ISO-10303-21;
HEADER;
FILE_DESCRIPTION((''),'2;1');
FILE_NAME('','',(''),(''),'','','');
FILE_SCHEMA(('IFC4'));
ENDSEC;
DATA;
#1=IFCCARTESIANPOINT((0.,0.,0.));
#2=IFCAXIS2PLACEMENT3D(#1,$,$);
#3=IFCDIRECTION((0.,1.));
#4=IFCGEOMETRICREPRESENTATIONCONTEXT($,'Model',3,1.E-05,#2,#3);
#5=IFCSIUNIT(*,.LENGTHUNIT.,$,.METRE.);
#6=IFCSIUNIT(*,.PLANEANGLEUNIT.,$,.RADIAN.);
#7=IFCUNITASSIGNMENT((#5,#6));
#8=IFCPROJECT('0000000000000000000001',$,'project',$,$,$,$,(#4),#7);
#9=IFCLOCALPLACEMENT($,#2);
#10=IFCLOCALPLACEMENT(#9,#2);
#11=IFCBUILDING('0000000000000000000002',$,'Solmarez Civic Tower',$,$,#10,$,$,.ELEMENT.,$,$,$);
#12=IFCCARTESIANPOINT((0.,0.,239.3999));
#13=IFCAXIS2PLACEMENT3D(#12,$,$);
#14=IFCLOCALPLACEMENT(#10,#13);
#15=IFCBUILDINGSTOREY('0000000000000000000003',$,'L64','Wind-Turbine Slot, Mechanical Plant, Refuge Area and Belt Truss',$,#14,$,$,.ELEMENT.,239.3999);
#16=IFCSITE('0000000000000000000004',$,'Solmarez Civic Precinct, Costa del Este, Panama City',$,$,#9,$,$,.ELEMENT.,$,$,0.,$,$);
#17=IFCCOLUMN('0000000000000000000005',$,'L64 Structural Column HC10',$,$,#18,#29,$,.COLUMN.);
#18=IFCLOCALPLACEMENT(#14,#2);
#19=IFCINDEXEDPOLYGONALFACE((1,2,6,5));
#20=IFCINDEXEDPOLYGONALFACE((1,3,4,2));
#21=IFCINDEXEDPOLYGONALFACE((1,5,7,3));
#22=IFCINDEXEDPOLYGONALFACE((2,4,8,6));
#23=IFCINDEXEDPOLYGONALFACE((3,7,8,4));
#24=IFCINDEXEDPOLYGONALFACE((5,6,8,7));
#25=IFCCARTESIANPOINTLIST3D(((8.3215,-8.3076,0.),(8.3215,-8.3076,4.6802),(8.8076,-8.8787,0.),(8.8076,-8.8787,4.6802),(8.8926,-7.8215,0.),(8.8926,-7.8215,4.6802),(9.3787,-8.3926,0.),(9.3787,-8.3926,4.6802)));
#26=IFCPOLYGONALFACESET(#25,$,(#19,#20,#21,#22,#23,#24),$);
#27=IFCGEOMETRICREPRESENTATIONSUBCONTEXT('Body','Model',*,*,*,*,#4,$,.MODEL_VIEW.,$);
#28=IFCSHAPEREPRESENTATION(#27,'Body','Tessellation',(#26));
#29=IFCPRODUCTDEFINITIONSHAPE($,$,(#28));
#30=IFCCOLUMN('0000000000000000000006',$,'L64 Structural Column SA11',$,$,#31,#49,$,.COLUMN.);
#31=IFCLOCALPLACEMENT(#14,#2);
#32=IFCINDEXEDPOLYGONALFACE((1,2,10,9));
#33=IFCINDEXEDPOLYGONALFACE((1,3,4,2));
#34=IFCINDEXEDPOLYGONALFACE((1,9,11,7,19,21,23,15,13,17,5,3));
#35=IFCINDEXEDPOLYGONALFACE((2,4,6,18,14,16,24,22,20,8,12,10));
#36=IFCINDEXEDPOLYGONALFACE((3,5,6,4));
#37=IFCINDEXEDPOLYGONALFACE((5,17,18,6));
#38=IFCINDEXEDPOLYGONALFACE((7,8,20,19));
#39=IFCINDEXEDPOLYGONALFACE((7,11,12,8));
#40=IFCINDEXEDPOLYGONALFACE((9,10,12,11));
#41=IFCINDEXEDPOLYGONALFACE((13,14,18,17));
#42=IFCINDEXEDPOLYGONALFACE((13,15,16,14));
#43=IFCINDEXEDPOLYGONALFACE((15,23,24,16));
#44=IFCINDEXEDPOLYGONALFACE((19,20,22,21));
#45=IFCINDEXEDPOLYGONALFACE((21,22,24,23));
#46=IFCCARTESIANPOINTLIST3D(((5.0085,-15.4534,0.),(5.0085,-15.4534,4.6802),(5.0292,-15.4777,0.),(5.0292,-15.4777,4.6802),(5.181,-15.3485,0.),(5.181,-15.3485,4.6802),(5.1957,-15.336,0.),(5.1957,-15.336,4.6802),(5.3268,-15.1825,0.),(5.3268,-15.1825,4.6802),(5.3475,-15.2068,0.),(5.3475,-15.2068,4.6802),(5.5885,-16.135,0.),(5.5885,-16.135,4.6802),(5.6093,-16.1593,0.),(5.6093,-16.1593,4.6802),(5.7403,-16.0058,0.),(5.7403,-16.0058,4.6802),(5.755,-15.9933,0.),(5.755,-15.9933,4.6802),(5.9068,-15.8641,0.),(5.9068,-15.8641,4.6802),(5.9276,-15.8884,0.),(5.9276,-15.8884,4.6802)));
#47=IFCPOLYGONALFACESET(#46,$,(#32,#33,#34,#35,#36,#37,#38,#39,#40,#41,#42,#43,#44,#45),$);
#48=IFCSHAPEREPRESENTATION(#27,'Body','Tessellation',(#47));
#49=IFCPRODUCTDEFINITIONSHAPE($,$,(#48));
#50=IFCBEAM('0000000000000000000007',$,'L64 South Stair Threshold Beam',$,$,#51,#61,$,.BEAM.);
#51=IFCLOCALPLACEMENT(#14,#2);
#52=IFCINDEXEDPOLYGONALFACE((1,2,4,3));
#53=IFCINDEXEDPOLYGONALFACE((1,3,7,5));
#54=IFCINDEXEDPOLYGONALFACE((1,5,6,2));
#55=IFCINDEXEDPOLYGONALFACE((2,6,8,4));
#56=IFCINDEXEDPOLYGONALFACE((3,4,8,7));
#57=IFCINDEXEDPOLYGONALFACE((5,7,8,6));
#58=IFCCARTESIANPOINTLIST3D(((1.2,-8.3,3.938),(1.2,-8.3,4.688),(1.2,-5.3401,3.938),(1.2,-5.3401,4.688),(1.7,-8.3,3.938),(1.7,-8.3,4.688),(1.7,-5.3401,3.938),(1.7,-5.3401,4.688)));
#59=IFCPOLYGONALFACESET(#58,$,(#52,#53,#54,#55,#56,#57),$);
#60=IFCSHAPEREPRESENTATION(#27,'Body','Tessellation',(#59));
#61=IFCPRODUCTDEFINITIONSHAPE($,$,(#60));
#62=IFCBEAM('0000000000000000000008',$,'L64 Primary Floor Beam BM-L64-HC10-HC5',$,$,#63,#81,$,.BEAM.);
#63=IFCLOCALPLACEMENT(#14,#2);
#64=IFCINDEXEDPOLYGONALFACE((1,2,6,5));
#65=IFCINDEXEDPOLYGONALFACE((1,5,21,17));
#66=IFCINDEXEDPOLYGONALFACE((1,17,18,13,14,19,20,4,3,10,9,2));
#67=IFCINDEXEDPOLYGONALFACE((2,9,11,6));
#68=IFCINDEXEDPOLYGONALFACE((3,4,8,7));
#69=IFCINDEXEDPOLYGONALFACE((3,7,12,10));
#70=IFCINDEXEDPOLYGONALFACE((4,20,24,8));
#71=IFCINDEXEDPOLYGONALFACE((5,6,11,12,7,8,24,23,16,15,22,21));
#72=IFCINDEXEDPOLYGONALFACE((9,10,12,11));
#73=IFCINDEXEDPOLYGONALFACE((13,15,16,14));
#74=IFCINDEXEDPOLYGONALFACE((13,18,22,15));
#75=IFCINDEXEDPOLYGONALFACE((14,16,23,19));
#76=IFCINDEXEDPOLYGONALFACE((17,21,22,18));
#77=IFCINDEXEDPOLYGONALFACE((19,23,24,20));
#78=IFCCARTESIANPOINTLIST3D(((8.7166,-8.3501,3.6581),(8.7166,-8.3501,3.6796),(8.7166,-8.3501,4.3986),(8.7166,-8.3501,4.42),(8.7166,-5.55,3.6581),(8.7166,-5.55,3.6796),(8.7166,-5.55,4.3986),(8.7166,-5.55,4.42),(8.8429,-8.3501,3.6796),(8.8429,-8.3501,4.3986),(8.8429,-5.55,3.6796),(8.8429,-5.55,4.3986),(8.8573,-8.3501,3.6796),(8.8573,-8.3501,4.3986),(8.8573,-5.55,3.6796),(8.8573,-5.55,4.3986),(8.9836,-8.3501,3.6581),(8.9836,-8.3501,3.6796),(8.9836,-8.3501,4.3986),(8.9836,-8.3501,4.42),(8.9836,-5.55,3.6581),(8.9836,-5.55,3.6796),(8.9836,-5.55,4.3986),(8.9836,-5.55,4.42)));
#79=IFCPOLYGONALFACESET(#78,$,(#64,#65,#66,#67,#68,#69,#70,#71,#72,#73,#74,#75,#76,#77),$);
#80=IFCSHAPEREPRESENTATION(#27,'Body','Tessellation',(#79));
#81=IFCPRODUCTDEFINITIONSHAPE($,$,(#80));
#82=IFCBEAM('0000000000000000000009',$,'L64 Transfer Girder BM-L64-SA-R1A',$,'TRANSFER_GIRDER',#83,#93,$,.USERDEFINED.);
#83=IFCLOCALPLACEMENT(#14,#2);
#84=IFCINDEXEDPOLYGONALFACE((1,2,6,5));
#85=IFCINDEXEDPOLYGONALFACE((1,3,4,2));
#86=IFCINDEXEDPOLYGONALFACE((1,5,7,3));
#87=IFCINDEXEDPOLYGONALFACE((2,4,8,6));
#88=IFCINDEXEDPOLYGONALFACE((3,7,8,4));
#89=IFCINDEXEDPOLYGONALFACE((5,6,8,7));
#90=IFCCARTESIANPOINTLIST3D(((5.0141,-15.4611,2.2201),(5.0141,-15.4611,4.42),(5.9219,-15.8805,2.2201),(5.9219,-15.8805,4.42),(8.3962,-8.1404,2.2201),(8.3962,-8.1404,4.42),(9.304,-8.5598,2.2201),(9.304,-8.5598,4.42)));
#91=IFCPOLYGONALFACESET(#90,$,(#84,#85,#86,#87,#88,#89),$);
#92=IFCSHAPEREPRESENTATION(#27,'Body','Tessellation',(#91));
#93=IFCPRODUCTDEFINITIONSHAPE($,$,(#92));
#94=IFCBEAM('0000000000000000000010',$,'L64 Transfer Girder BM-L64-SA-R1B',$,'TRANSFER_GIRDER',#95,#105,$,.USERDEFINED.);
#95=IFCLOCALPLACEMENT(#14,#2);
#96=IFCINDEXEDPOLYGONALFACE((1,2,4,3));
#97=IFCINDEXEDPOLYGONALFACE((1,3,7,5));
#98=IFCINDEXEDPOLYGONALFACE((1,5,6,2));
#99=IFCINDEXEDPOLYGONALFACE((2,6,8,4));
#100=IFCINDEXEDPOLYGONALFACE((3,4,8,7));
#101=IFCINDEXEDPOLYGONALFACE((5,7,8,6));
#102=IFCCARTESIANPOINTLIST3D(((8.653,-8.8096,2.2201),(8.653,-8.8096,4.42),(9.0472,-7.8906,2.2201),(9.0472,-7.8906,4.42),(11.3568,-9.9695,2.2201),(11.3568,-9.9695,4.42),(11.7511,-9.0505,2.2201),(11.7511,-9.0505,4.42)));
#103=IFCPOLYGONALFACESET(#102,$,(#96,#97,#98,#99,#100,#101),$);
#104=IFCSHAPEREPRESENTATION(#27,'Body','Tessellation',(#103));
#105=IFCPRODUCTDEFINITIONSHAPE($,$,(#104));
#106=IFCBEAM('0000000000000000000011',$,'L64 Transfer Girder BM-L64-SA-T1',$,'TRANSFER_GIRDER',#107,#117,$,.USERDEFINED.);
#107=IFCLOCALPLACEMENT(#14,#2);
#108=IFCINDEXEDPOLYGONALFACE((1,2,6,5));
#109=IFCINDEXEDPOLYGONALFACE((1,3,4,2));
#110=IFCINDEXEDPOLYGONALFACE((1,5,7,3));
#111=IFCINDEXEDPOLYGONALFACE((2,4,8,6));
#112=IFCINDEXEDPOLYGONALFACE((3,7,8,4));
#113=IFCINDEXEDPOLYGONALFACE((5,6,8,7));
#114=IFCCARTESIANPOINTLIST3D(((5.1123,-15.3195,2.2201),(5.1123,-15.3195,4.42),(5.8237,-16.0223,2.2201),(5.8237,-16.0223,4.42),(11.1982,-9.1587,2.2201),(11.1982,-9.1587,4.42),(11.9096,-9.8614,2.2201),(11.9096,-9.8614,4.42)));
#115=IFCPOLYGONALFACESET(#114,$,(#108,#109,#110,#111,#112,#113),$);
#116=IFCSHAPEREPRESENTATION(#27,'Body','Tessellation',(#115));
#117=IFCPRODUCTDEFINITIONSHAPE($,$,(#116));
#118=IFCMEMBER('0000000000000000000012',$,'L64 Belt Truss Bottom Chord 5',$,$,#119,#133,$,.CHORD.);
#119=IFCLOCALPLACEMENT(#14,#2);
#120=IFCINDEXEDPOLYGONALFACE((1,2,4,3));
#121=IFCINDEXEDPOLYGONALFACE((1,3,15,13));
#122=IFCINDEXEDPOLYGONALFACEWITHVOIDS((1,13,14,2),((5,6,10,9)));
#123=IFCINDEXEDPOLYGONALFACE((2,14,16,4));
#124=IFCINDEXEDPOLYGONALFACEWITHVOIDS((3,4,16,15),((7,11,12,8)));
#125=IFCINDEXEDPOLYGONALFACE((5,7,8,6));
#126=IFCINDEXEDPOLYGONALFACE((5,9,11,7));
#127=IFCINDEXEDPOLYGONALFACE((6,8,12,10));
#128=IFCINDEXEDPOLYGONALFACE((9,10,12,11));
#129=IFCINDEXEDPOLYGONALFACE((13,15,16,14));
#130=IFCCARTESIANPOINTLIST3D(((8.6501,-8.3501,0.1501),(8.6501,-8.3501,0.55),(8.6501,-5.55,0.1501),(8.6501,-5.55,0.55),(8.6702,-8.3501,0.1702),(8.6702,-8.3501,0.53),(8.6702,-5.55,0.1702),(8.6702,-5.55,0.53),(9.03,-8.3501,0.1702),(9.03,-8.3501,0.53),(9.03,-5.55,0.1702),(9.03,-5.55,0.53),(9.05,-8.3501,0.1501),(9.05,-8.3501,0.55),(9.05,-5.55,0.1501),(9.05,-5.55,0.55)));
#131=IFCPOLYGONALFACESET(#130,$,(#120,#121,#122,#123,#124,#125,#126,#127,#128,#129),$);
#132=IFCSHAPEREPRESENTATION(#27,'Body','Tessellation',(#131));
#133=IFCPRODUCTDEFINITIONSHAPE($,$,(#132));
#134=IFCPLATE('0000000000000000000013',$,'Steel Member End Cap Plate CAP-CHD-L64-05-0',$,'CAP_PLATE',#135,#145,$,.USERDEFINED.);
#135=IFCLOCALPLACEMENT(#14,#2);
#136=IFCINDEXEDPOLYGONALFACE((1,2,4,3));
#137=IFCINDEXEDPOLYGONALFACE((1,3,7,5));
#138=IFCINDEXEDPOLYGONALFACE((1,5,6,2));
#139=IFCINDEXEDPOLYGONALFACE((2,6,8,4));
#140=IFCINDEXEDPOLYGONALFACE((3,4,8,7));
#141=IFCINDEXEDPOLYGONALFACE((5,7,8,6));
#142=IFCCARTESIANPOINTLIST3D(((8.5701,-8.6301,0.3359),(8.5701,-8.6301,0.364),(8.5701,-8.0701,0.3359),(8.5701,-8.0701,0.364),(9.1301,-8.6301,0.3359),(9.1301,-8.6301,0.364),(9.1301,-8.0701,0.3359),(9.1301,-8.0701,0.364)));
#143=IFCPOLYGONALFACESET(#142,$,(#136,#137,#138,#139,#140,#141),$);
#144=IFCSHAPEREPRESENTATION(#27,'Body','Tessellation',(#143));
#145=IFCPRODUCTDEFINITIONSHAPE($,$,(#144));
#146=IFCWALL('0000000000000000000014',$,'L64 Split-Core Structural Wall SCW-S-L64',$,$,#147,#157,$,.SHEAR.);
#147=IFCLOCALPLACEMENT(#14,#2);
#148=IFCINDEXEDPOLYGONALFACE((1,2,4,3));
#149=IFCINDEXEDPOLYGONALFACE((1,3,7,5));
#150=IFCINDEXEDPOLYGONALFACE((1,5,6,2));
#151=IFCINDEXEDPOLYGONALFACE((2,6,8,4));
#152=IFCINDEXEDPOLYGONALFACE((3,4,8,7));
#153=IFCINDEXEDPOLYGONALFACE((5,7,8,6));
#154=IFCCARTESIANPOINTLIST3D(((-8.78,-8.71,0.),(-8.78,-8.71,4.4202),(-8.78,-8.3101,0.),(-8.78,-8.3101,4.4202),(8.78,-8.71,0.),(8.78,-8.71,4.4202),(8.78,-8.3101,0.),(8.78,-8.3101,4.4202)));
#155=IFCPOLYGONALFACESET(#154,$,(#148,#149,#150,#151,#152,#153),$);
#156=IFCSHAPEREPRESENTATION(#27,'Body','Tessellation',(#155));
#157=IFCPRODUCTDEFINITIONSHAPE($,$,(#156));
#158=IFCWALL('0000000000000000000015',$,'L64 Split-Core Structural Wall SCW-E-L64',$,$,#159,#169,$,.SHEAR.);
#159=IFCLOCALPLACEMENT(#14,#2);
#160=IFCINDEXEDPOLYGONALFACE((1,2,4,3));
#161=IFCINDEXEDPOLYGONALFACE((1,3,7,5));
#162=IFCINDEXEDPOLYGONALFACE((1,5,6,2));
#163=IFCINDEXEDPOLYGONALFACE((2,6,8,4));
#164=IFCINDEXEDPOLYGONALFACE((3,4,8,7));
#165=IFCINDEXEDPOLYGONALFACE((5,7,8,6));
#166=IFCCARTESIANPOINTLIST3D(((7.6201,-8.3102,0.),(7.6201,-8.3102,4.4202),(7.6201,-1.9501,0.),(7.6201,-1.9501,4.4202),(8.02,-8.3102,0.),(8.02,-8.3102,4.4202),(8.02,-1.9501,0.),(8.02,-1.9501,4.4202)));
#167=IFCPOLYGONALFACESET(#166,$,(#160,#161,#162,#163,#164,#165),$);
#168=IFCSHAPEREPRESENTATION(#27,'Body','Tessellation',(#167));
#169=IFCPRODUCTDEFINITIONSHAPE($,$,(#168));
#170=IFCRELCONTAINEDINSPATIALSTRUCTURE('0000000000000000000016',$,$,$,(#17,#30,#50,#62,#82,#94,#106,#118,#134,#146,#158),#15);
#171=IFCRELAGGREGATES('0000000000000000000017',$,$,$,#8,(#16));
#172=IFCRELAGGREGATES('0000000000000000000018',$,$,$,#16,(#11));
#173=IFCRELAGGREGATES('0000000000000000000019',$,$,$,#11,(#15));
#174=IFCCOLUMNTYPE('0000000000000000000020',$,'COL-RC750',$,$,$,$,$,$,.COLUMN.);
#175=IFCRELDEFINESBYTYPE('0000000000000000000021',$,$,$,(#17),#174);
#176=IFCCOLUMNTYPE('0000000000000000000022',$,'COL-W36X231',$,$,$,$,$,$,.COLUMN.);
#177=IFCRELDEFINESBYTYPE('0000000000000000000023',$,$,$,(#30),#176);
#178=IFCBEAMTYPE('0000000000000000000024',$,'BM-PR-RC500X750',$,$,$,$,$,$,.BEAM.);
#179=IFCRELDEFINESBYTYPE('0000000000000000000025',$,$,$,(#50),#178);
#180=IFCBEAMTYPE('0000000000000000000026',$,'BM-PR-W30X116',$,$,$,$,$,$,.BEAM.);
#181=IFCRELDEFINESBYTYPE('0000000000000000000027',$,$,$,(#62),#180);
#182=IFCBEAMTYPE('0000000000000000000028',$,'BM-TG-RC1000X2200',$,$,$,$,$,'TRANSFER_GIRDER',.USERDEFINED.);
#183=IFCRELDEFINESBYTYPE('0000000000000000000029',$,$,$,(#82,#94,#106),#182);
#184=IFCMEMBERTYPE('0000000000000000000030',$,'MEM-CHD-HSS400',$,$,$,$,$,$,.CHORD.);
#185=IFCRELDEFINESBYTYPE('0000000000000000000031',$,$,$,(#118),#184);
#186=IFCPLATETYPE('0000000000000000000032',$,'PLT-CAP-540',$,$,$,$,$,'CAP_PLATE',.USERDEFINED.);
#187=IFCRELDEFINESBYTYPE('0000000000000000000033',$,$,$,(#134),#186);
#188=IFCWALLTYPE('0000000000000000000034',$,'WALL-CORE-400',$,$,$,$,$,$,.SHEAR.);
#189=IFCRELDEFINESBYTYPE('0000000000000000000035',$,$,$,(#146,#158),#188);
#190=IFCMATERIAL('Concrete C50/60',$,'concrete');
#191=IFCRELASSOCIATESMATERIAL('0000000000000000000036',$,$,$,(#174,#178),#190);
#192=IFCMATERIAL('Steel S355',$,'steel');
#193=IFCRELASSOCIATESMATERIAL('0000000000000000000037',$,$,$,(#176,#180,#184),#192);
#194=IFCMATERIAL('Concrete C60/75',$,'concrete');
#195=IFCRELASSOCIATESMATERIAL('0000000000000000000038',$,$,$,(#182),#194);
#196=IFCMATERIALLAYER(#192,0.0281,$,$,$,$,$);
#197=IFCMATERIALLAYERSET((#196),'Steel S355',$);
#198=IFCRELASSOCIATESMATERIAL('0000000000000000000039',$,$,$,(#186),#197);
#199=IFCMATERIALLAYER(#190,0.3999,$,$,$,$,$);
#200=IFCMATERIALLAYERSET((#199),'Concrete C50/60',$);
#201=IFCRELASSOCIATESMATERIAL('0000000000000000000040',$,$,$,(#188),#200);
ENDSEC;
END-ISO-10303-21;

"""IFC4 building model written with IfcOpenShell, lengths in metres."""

from ifc_helpers import new_model, si_unit, direction, frame, frame_2d, origin, origin_2d, place, context, subcontext, project, spatial, rectangle, hollow_rectangle, i_section, extrude, material, layer, layer_set, material_profile, profile_set, type_object, element, save


model = new_model("IFC4")

# Units and contexts
model_context = context("Model", 3, precision=1e-05, world=origin(), true_north=direction((0.0, 1.0)))
body_context = subcontext(model_context, "Body", "Model", "MODEL_VIEW")
ifc_project = project(units=[si_unit("LENGTHUNIT", "METRE"), si_unit("PLANEANGLEUNIT", "RADIAN")], contexts=[model_context])

# Site, building, storey
site_placement = place(None, origin())
site = spatial("IfcSite", under=ifc_project, at=site_placement, Name="Solmarez Civic Precinct, Costa del Este, Panama City", CompositionType="ELEMENT", RefElevation=0.0)
building_placement = place(site_placement, origin())
building = spatial("IfcBuilding", under=site, at=building_placement, Name="Solmarez Civic Tower", CompositionType="ELEMENT")
storey_placement = place(building_placement, frame((0.0, 0.0, 239.3999)))
storey = spatial("IfcBuildingStorey", under=building, at=storey_placement, Name="L64", Description="Wind-Turbine Slot, Mechanical Plant, Refuge Area and Belt Truss", CompositionType="ELEMENT", Elevation=239.3999)

# Columns
ifc_material_1 = material(Name="Concrete C50/60", Category="concrete")
ifc_material_profile_1 = material_profile(ifc_material_1, rectangle(XDim=0.75, YDim=0.75, at=origin_2d()), Name="RC750X750")
ifc_profile_set_1 = profile_set([ifc_material_profile_1], Name="Concrete C50/60")
column_type_1 = type_object("IfcColumnType", Name="COL-RC750", PredefinedType="COLUMN", material=ifc_profile_set_1)
column_1_placement = place(storey_placement, frame((8.8501, -8.3501, 0.0), z_axis=(0.0, 0.0, 1.0), x_axis=(0.761538, 0.64812, 0.0)))
element("IfcColumn", 1, at=column_1_placement, inside=storey, type_object=column_type_1, Name="L64 Structural Column HC10", PredefinedType="COLUMN", context=body_context, shape_type="SweptSolid", body=[
    extrude(rectangle(XDim=0.75, YDim=0.75, at=origin_2d()), origin(), (0.0, 0.0, 1.0), 4.6802),
])
ifc_material_2 = material(Name="Steel S355", Category="steel")
ifc_material_profile_2 = material_profile(ifc_material_2, i_section(OverallWidth=0.418, OverallDepth=0.927, WebThickness=0.0193, FlangeThickness=0.032, at=origin_2d()), Name="W36X231")
ifc_profile_set_2 = profile_set([ifc_material_profile_2], Name="Steel S355")
column_type_2 = type_object("IfcColumnType", Name="COL-W36X231", PredefinedType="COLUMN", material=ifc_profile_set_2)
column_2_placement = place(storey_placement, frame((5.468, -15.6709, 0.0), z_axis=(0.0, 0.0, 1.0), x_axis=(0.761538, 0.64812, 0.0)))
element("IfcColumn", 2, at=column_2_placement, inside=storey, type_object=column_type_2, Name="L64 Structural Column SA11", PredefinedType="COLUMN", context=body_context, shape_type="SweptSolid", body=[
    extrude(i_section(OverallWidth=0.418, OverallDepth=0.927, WebThickness=0.0193, FlangeThickness=0.032, at=origin_2d()), origin(), (0.0, 0.0, 1.0), 4.6802),
])

# Beams
ifc_material_profile_3 = material_profile(ifc_material_1, rectangle(XDim=0.5, YDim=0.75, at=origin_2d()), Name="RC500X750")
ifc_profile_set_3 = profile_set([ifc_material_profile_3], Name="Concrete C50/60")
beam_type_1 = type_object("IfcBeamType", Name="BM-PR-RC500X750", PredefinedType="BEAM", material=ifc_profile_set_3)
beam_1_placement = place(storey_placement, frame((1.45, -8.3, 4.313), z_axis=(0.0, 1.0, 0.0), x_axis=(-1.0, 0.0, 0.0)))
element("IfcBeam", 3, at=beam_1_placement, inside=storey, type_object=beam_type_1, Name="L64 South Stair Threshold Beam", PredefinedType="BEAM", context=body_context, shape_type="SweptSolid", body=[
    extrude(rectangle(XDim=0.5, YDim=0.75, at=origin_2d()), origin(), (0.0, 0.0, 1.0), 2.96),
])
ifc_material_profile_4 = material_profile(ifc_material_2, i_section(OverallWidth=0.2671, OverallDepth=0.762, WebThickness=0.0144, FlangeThickness=0.0215, at=origin_2d()), Name="W30X116")
ifc_profile_set_4 = profile_set([ifc_material_profile_4], Name="Steel S355")
beam_type_2 = type_object("IfcBeamType", Name="BM-PR-W30X116", PredefinedType="BEAM", material=ifc_profile_set_4)
beam_2_placement = place(storey_placement, frame((8.8501, -8.3501, 4.0391), z_axis=(0.0, 1.0, 0.0), x_axis=(-1.0, 0.0, 0.0)))
element("IfcBeam", 4, at=beam_2_placement, inside=storey, type_object=beam_type_2, Name="L64 Primary Floor Beam BM-L64-HC10-HC5", PredefinedType="BEAM", context=body_context, shape_type="SweptSolid", body=[
    extrude(i_section(OverallWidth=0.2671, OverallDepth=0.762, WebThickness=0.0144, FlangeThickness=0.0215, at=origin_2d()), origin(), (0.0, 0.0, 1.0), 2.8),
])
ifc_material_3 = material(Name="Concrete C60/75", Category="concrete")
ifc_material_profile_5 = material_profile(ifc_material_3, rectangle(XDim=1.0, YDim=2.2, at=origin_2d()), Name="RC1000X2200")
ifc_profile_set_5 = profile_set([ifc_material_profile_5], Name="Concrete C60/75")
beam_type_3 = type_object("IfcBeamType", Name="BM-TG-RC1000X2200", ElementType="TRANSFER_GIRDER", PredefinedType="USERDEFINED", material=ifc_profile_set_5)
beam_3_placement = place(storey_placement, frame((8.8501, -8.3501, 3.3201), z_axis=(-0.41939, -0.907806, 0.0), x_axis=(0.907806, -0.41939, 0.0)))
element("IfcBeam", 5, at=beam_3_placement, inside=storey, type_object=beam_type_3, Name="L64 Transfer Girder BM-L64-SA-R1A", ObjectType="TRANSFER_GIRDER", PredefinedType="USERDEFINED", context=body_context, shape_type="SweptSolid", body=[
    extrude(rectangle(XDim=1.0, YDim=2.2, at=origin_2d()), origin(), (0.0, 0.0, 1.0), 8.0642),
])
beam_4_placement = place(storey_placement, frame((8.8501, -8.3501, 3.3201), z_axis=(0.919008, -0.39424, 0.0), x_axis=(0.39424, 0.919008, 0.0)))
element("IfcBeam", 6, at=beam_4_placement, inside=storey, type_object=beam_type_3, Name="L64 Transfer Girder BM-L64-SA-R1B", ObjectType="TRANSFER_GIRDER", PredefinedType="USERDEFINED", context=body_context, shape_type="SweptSolid", body=[
    extrude(rectangle(XDim=1.0, YDim=2.2, at=origin_2d()), origin(), (0.0, 0.0, 1.0), 2.9421),
])
beam_5_placement = place(storey_placement, frame((5.468, -15.6709, 3.3201), z_axis=(0.702766, 0.711421, 0.0), x_axis=(-0.711421, 0.702766, 0.0)))
element("IfcBeam", 7, at=beam_5_placement, inside=storey, type_object=beam_type_3, Name="L64 Transfer Girder BM-L64-SA-T1", ObjectType="TRANSFER_GIRDER", PredefinedType="USERDEFINED", context=body_context, shape_type="SweptSolid", body=[
    extrude(rectangle(XDim=1.0, YDim=2.2, at=origin_2d()), origin(), (0.0, 0.0, 1.0), 8.6599),
])

# Member
ifc_material_profile_6 = material_profile(ifc_material_2, hollow_rectangle(XDim=0.3999, YDim=0.3999, WallThickness=0.02, at=origin_2d()), Name="HSS400X400X20")
ifc_profile_set_6 = profile_set([ifc_material_profile_6], Name="Steel S355")
member_type = type_object("IfcMemberType", Name="MEM-CHD-HSS400", PredefinedType="CHORD", material=ifc_profile_set_6)
member_placement = place(storey_placement, frame((8.8501, -8.3501, 0.3501), z_axis=(0.0, 1.0, 0.0), x_axis=(-1.0, 0.0, 0.0)))
element("IfcMember", 8, at=member_placement, inside=storey, type_object=member_type, Name="L64 Belt Truss Bottom Chord 5", PredefinedType="CHORD", context=body_context, shape_type="SweptSolid", body=[
    extrude(hollow_rectangle(XDim=0.3999, YDim=0.3999, WallThickness=0.02, at=origin_2d()), origin(), (0.0, 0.0, 1.0), 2.8),
])

# Plate
ifc_layer_1 = layer(ifc_material_2, 0.0281)
ifc_layer_set_1 = layer_set([ifc_layer_1], Name="Steel S355")
plate_type = type_object("IfcPlateType", Name="PLT-CAP-540", ElementType="CAP_PLATE", PredefinedType="USERDEFINED", material=ifc_layer_set_1)
plate_placement = place(storey_placement, frame((8.8501, -8.3501, 0.3359), z_axis=(0.0, 0.0, 1.0), x_axis=(1.0, 0.0, 0.0)))
element("IfcPlate", 9, at=plate_placement, inside=storey, type_object=plate_type, Name="Steel Member End Cap Plate CAP-CHD-L64-05-0", ObjectType="CAP_PLATE", PredefinedType="USERDEFINED", context=body_context, shape_type="SweptSolid", body=[
    extrude(rectangle(XDim=0.5601, YDim=0.5601, at=origin_2d()), origin(), (0.0, 0.0, 1.0), 0.0281),
])

# Walls
ifc_layer_2 = layer(ifc_material_1, 0.3999)
ifc_layer_set_2 = layer_set([ifc_layer_2], Name="Concrete C50/60")
wall_type_1 = type_object("IfcWallType", Name="WALL-CORE-400", PredefinedType="SHEAR", material=ifc_layer_set_2)
wall_1_placement = place(storey_placement, frame((8.78, -8.51, 0.0), z_axis=(0.0, 0.0, 1.0), x_axis=(-1.0, 0.0, 0.0)))
element("IfcWall", 10, at=wall_1_placement, inside=storey, type_object=wall_type_1, Name="L64 Split-Core Structural Wall SCW-S-L64", PredefinedType="SHEAR", context=body_context, shape_type="SweptSolid", body=[
    extrude(rectangle(XDim=17.5601, YDim=0.3999, at=frame_2d((8.78, 0.0))), origin(), (0.0, 0.0, 1.0), 4.4202),
])
wall_2_placement = place(storey_placement, frame((7.8201, -1.95, 0.0), z_axis=(0.0, 0.0, 1.0), x_axis=(0.0, -1.0, 0.0)))
element("IfcWall", 11, at=wall_2_placement, inside=storey, type_object=wall_type_1, Name="L64 Split-Core Structural Wall SCW-E-L64", PredefinedType="SHEAR", context=body_context, shape_type="SweptSolid", body=[
    extrude(rectangle(XDim=6.3601, YDim=0.3999, at=frame_2d((3.1802, 0.0))), origin(), (0.0, 0.0, 1.0), 4.4202),
])

save(model, "model.ifc")
